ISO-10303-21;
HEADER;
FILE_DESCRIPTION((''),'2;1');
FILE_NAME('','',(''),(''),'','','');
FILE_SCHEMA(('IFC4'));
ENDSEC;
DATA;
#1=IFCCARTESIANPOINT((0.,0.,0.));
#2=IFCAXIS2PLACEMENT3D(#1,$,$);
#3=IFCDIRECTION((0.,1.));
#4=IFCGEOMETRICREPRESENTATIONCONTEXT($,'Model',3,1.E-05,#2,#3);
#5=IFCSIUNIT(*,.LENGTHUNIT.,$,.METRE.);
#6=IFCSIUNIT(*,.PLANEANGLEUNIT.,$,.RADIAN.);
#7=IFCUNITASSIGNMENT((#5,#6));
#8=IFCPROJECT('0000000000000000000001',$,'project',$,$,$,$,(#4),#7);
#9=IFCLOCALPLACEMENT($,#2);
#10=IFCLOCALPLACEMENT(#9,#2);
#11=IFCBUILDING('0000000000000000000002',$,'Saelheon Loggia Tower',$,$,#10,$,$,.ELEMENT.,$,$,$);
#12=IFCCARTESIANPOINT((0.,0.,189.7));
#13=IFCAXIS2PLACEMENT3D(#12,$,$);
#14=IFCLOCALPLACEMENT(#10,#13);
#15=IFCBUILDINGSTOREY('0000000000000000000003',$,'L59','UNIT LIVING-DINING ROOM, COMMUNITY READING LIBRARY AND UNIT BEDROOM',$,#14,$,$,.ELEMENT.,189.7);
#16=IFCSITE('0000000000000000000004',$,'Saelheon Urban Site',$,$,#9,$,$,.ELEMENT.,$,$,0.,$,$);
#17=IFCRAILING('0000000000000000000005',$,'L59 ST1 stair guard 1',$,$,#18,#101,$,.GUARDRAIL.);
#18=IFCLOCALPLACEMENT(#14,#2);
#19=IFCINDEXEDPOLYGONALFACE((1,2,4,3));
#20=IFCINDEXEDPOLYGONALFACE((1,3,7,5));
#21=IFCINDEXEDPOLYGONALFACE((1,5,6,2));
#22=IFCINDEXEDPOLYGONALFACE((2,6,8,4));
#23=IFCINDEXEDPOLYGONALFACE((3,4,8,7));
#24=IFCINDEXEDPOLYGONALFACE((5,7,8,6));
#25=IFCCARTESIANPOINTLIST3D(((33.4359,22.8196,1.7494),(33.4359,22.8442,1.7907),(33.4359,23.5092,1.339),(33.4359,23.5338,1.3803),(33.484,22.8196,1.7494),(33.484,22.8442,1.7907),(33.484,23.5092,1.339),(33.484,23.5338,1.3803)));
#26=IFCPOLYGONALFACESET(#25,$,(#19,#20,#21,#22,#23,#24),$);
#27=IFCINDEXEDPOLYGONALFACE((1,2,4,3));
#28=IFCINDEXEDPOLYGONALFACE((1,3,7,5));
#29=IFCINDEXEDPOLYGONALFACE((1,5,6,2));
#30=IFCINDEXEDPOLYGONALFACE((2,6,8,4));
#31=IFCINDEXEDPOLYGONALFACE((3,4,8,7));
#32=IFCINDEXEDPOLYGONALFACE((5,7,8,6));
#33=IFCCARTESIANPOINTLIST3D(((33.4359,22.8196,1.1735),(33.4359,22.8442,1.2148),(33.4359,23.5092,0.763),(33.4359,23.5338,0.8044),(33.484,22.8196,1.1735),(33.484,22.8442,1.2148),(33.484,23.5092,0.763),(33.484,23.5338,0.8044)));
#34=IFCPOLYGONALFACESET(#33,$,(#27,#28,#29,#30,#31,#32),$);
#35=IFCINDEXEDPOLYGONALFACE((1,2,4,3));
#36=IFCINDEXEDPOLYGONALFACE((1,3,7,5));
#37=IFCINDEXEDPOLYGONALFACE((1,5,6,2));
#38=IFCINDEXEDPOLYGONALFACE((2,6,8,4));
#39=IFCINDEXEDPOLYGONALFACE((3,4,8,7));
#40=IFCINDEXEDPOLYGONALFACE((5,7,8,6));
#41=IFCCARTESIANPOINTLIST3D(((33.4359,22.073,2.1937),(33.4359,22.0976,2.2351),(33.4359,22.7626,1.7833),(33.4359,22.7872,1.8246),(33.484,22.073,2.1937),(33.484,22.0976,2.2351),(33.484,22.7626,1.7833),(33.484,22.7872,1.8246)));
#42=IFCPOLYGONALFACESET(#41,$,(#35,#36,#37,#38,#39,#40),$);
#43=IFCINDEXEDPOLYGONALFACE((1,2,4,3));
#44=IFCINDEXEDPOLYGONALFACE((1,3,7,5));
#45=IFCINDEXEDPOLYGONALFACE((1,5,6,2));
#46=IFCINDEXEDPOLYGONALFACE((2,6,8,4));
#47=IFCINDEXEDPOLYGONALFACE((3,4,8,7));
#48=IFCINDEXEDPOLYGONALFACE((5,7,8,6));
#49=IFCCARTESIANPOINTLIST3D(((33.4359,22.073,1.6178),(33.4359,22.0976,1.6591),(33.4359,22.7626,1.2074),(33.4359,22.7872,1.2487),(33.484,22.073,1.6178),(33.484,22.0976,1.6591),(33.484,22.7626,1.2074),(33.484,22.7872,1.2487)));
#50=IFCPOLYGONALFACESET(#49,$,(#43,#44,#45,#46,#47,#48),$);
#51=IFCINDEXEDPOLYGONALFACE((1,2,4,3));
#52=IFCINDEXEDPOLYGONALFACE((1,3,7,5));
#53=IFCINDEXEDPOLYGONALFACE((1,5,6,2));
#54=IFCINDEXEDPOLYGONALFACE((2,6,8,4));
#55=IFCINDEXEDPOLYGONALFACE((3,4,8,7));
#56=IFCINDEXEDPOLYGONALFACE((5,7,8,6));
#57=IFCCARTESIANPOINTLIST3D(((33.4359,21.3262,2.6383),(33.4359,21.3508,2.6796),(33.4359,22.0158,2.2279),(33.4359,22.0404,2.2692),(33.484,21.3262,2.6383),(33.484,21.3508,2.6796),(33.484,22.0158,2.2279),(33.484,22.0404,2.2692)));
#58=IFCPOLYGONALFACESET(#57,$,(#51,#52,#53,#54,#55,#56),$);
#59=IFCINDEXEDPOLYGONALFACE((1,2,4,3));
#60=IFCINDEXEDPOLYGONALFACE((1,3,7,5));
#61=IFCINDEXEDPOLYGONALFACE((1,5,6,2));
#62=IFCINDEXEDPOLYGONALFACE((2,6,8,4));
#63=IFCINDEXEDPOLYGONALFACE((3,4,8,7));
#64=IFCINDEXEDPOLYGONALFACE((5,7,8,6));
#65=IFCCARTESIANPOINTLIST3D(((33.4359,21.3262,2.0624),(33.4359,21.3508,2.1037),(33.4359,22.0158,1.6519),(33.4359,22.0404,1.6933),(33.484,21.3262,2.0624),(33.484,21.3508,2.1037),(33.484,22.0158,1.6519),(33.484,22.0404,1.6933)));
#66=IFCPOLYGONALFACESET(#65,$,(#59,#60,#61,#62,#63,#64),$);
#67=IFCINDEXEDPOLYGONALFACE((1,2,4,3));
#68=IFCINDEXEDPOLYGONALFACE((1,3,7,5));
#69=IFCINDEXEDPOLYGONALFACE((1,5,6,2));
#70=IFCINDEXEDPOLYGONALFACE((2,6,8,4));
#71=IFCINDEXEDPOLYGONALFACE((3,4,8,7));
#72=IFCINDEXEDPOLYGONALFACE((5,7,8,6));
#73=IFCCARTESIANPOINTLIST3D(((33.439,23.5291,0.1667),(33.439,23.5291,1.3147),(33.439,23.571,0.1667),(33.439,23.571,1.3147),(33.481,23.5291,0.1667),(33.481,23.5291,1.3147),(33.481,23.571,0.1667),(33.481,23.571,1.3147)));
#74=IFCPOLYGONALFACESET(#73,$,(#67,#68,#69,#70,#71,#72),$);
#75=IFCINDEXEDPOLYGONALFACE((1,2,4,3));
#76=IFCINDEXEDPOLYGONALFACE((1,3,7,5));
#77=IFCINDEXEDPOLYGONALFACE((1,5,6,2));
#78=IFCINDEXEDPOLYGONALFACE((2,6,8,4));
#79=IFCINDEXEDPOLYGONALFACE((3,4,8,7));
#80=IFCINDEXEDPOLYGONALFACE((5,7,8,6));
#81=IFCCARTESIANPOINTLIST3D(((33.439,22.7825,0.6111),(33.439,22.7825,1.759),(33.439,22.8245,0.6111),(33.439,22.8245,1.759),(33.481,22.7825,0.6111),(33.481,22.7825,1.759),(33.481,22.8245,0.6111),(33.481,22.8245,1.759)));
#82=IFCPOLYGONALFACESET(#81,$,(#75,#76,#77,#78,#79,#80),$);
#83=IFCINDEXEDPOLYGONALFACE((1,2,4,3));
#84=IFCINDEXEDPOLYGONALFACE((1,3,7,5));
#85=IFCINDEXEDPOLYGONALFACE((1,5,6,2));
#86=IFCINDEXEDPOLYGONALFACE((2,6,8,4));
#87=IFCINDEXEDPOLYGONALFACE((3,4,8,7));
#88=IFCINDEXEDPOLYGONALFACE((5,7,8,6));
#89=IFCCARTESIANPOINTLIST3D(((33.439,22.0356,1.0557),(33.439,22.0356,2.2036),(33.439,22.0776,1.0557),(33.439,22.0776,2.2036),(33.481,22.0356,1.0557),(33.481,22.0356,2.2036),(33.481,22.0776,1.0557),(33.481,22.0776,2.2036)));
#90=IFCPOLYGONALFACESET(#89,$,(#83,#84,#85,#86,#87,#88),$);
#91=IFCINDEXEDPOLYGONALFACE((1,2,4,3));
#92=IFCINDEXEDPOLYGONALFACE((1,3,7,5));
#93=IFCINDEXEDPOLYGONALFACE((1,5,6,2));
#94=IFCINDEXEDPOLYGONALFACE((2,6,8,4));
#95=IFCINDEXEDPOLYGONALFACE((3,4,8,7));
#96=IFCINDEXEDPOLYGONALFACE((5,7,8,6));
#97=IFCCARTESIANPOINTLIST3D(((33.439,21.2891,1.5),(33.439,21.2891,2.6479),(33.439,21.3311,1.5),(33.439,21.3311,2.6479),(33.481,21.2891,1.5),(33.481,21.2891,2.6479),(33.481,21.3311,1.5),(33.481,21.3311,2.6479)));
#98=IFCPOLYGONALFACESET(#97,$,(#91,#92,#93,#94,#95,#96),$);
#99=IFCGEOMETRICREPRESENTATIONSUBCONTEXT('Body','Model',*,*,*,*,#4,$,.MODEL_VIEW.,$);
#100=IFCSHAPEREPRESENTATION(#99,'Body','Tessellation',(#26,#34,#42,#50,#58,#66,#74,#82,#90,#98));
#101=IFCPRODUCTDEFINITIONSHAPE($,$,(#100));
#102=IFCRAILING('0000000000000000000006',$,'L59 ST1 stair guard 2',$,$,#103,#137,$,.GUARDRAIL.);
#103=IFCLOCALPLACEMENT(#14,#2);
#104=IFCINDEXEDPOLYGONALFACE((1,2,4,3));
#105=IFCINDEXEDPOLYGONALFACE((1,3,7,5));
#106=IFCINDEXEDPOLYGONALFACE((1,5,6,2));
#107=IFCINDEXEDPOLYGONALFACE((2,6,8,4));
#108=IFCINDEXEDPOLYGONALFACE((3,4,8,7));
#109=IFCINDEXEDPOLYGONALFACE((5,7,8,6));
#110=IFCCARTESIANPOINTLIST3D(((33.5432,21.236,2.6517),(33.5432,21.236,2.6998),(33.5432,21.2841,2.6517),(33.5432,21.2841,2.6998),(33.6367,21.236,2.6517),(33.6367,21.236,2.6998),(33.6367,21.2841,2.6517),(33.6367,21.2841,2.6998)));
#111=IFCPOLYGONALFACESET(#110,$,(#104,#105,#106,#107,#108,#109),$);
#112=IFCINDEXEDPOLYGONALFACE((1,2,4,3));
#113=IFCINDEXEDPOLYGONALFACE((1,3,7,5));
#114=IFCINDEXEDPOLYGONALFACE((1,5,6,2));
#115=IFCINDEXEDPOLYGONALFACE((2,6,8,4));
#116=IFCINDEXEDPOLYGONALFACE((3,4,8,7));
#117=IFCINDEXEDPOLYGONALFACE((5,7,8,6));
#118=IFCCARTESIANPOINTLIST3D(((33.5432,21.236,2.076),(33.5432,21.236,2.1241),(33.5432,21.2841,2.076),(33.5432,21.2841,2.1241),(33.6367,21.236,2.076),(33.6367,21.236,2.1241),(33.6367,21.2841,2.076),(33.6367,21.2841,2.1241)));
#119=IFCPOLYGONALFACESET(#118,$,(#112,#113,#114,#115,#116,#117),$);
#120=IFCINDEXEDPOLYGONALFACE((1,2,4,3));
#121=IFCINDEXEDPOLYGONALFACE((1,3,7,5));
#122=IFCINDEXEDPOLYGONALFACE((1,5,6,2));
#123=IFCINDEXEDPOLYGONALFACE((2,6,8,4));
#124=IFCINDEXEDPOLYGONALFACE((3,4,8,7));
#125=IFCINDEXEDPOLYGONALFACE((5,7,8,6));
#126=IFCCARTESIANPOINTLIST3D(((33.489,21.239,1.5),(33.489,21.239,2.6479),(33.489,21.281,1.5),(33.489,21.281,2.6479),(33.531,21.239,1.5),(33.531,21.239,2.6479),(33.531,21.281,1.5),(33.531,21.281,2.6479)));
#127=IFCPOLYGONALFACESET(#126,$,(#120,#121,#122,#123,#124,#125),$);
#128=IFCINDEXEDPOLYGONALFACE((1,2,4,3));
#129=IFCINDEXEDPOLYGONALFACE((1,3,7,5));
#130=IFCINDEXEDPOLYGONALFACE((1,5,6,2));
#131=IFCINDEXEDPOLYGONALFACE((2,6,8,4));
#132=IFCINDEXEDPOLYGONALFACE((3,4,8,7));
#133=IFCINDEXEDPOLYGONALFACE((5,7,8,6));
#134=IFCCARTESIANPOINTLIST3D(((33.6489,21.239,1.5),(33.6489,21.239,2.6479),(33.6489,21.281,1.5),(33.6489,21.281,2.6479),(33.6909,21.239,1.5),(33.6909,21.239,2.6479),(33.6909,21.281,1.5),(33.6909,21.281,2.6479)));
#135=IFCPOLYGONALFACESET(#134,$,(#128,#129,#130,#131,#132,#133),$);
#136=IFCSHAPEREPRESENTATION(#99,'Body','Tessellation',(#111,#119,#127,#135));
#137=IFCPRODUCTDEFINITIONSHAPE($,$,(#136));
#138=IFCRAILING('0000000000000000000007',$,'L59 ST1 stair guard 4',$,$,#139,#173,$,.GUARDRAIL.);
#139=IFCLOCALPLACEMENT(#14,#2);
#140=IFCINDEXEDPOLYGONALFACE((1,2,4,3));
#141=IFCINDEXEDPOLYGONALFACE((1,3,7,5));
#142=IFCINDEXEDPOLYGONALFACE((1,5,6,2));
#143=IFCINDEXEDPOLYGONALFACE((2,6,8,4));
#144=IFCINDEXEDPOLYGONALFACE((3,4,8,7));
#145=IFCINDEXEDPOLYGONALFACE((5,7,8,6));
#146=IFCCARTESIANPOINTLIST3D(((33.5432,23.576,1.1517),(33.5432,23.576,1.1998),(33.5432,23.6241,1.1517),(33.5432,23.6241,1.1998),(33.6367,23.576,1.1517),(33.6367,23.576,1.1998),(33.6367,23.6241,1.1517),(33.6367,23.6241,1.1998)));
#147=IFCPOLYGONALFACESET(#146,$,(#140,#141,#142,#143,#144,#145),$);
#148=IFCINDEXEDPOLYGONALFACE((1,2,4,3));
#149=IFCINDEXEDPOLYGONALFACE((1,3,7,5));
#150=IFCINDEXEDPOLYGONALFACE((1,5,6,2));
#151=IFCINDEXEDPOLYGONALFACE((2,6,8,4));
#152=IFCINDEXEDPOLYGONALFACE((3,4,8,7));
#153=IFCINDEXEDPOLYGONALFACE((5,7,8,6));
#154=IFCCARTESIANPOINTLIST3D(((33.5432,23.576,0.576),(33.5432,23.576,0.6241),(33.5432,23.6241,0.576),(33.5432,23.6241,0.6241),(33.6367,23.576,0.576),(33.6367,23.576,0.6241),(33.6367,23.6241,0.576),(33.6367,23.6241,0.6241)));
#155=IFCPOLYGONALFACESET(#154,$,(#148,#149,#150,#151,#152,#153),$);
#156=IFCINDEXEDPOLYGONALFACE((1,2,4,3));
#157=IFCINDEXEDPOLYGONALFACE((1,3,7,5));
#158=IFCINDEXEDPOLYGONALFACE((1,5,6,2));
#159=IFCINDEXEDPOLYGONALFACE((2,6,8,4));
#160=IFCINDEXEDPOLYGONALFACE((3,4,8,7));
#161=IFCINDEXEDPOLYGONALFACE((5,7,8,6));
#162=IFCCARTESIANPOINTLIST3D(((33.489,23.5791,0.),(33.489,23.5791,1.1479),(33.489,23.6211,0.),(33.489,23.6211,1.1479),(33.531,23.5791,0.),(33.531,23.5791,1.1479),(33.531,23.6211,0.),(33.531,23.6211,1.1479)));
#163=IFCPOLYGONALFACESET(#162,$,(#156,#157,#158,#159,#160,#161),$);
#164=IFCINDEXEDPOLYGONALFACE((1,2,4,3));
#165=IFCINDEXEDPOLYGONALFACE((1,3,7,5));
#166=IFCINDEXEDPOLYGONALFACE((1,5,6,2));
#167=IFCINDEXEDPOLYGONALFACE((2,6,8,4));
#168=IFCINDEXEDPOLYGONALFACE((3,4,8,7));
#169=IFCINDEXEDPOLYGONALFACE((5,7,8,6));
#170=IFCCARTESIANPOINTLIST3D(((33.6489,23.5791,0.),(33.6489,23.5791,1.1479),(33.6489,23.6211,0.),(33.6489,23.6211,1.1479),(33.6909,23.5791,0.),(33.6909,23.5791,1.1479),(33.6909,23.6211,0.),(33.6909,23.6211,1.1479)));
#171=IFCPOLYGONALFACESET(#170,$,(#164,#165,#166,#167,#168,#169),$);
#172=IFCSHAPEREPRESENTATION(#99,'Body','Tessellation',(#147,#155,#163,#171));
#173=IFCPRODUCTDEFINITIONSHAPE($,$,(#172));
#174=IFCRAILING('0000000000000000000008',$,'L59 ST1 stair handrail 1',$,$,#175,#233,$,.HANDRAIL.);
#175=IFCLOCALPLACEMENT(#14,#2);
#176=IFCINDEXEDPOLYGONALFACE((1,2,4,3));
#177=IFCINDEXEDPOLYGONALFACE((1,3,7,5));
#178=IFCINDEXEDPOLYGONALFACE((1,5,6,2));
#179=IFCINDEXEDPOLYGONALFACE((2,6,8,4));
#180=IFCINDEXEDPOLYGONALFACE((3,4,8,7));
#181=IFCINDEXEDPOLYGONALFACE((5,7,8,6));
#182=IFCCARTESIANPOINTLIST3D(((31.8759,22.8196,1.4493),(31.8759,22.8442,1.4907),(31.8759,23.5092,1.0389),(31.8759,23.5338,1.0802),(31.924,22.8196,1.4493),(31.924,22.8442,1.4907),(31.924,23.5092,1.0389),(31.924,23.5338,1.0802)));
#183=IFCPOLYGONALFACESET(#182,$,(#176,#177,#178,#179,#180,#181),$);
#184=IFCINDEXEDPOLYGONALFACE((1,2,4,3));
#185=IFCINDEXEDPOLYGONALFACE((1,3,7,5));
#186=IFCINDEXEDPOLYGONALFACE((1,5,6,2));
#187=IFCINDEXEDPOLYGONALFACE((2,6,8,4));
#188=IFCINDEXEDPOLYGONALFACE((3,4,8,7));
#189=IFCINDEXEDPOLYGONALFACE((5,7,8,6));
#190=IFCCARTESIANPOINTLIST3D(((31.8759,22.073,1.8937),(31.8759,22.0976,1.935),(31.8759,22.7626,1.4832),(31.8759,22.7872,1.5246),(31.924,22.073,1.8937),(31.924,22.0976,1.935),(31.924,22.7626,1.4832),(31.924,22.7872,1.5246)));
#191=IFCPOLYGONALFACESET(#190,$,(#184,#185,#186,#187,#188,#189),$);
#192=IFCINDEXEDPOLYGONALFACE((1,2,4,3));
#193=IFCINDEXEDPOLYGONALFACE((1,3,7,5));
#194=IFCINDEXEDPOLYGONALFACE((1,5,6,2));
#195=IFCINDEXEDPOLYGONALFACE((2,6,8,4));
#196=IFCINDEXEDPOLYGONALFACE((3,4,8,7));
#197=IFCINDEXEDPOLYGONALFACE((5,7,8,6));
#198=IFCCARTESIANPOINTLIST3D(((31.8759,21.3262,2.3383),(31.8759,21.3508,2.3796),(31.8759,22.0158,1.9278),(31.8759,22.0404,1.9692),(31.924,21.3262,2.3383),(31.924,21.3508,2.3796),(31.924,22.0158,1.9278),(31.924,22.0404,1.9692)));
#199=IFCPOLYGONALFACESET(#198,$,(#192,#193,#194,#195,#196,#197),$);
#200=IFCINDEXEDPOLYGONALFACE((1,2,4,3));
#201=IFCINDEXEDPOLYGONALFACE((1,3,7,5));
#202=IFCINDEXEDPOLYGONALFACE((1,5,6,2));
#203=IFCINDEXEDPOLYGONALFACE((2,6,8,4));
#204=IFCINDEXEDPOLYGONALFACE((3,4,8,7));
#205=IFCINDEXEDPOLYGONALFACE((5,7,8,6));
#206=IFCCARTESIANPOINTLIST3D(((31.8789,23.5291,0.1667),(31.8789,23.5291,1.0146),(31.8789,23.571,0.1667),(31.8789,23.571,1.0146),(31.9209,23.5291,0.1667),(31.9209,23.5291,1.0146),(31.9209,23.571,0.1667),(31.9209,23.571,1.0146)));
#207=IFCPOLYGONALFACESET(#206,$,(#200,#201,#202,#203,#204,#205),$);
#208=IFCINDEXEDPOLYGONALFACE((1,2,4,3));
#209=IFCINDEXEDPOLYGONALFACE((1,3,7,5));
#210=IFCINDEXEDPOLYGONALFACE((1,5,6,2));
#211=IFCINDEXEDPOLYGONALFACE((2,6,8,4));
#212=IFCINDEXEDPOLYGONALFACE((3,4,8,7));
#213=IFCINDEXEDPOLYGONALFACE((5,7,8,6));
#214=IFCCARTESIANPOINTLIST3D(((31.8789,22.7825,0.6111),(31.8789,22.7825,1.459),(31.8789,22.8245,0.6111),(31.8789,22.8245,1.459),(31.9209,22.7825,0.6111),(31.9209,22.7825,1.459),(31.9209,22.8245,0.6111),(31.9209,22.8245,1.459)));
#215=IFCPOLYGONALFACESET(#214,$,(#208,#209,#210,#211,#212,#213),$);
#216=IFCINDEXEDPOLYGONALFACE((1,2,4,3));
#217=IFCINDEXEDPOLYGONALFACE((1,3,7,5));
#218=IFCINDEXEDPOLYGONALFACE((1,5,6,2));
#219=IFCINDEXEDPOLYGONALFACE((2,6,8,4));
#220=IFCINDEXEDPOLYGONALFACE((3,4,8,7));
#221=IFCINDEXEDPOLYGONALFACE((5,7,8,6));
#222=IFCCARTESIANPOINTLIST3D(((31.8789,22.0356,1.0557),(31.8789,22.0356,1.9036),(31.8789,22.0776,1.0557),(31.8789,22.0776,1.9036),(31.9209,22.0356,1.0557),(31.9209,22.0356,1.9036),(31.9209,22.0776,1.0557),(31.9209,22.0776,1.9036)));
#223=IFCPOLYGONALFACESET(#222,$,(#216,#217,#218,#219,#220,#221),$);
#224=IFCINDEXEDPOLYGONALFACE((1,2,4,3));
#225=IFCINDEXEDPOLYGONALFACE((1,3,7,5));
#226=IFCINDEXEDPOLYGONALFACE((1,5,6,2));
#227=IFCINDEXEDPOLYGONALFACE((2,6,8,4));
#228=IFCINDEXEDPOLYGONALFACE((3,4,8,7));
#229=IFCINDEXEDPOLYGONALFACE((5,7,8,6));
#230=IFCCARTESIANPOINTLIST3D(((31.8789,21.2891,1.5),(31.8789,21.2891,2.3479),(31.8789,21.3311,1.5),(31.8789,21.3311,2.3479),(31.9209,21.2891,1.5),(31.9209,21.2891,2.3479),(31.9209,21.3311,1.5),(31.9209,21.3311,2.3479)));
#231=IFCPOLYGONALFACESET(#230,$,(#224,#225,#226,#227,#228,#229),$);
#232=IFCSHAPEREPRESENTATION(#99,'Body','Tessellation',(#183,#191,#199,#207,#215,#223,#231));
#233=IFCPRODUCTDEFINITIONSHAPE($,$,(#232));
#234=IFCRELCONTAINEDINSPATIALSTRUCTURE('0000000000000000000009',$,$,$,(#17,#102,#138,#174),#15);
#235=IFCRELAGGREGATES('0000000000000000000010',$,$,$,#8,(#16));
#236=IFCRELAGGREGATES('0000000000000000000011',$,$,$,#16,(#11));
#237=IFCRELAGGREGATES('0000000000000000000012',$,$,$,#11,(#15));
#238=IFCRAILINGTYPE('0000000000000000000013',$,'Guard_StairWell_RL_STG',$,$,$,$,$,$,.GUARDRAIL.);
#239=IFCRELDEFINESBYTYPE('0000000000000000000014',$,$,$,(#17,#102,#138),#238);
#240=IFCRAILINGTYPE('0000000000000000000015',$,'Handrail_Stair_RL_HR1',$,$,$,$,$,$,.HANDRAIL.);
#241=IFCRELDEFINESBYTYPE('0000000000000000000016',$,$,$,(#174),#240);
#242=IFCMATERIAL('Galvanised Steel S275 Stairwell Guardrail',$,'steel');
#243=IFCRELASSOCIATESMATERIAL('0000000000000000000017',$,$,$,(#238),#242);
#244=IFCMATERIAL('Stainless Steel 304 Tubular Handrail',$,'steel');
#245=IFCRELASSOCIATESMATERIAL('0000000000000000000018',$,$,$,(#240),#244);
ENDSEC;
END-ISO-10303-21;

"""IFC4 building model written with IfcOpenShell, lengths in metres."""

from ifc_helpers import new_model, si_unit, direction, frame, origin, origin_2d, place, context, subcontext, project, spatial, rectangle, extrude, material, type_object, element, save


model = new_model("IFC4")

# Units and contexts
model_context = context("Model", 3, precision=1e-05, world=origin(), true_north=direction((0.0, 1.0)))
body_context = subcontext(model_context, "Body", "Model", "MODEL_VIEW")
ifc_project = project(units=[si_unit("LENGTHUNIT", "METRE"), si_unit("PLANEANGLEUNIT", "RADIAN")], contexts=[model_context])

# Site, building, storey
site_placement = place(None, origin())
site = spatial("IfcSite", under=ifc_project, at=site_placement, Name="Saelheon Urban Site", CompositionType="ELEMENT", RefElevation=0.0)
building_placement = place(site_placement, origin())
building = spatial("IfcBuilding", under=site, at=building_placement, Name="Saelheon Loggia Tower", CompositionType="ELEMENT")
storey_placement = place(building_placement, frame((0.0, 0.0, 189.7)))
storey = spatial("IfcBuildingStorey", under=building, at=storey_placement, Name="L59", Description="UNIT LIVING-DINING ROOM, COMMUNITY READING LIBRARY AND UNIT BEDROOM", CompositionType="ELEMENT", Elevation=189.7)

# Railings
ifc_material_1 = material(Name="Galvanised Steel S275 Stairwell Guardrail", Category="steel")
railing_type_1 = type_object("IfcRailingType", Name="Guard_StairWell_RL_STG", PredefinedType="GUARDRAIL", material=ifc_material_1)
railing_1_placement = place(storey_placement, frame((33.46, 23.55, 0.1667)))
element("IfcRailing", 1, at=railing_1_placement, inside=storey, type_object=railing_type_1, Name="L59 ST1 stair guard 1", PredefinedType="GUARDRAIL", context=body_context, shape_type="SweptSolid", body=[
    extrude(rectangle(XDim=0.0481, YDim=0.0481, at=origin_2d()), frame((0.0, -0.0286, 1.1929), z_axis=(0.0, -0.859306, 0.511462), x_axis=(1.0, 0.0, 0.0)), (0.0, 0.0, 1.0), 0.8025),
    extrude(rectangle(XDim=0.0481, YDim=0.0481, at=origin_2d()), frame((0.0, -0.0286, 0.6169), z_axis=(0.0, -0.859306, 0.511462), x_axis=(1.0, 0.0, 0.0)), (0.0, 0.0, 1.0), 0.8025),
    extrude(rectangle(XDim=0.0481, YDim=0.0481, at=origin_2d()), frame((0.0, -0.7751, 1.6372), z_axis=(0.0, -0.859306, 0.511462), x_axis=(1.0, 0.0, 0.0)), (0.0, 0.0, 1.0), 0.8025),
    extrude(rectangle(XDim=0.0481, YDim=0.0481, at=origin_2d()), frame((0.0, -0.7751, 1.0613), z_axis=(0.0, -0.859306, 0.511462), x_axis=(1.0, 0.0, 0.0)), (0.0, 0.0, 1.0), 0.8025),
    extrude(rectangle(XDim=0.0481, YDim=0.0481, at=origin_2d()), frame((0.0, -1.522, 2.0818), z_axis=(0.0, -0.859306, 0.511462), x_axis=(1.0, 0.0, 0.0)), (0.0, 0.0, 1.0), 0.8025),
    extrude(rectangle(XDim=0.0481, YDim=0.0481, at=origin_2d()), frame((0.0, -1.522, 1.5059), z_axis=(0.0, -0.859306, 0.511462), x_axis=(1.0, 0.0, 0.0)), (0.0, 0.0, 1.0), 0.8025),
    extrude(rectangle(XDim=0.042, YDim=0.042, at=origin_2d()), origin(), (0.0, 0.0, 1.0), 1.1479),
    extrude(rectangle(XDim=0.042, YDim=0.042, at=origin_2d()), frame((0.0, -0.7466, 0.4443)), (0.0, 0.0, 1.0), 1.1479),
    extrude(rectangle(XDim=0.042, YDim=0.042, at=origin_2d()), frame((0.0, -1.4934, 0.8889)), (0.0, 0.0, 1.0), 1.1479),
    extrude(rectangle(XDim=0.042, YDim=0.042, at=origin_2d()), frame((0.0, -2.24, 1.3333)), (0.0, 0.0, 1.0), 1.1479),
])
for number, where, name in (
    (2, (33.51, 21.26, 1.5), "L59 ST1 stair guard 2"),
    (3, (33.51, 23.6001, 0.0), "L59 ST1 stair guard 4"),
):
    element("IfcRailing", number, at=place(storey_placement, frame(where)), inside=storey, type_object=railing_type_1, Name=name, PredefinedType="GUARDRAIL", context=body_context, shape_type="SweptSolid", body=[
        extrude(rectangle(XDim=0.0481, YDim=0.0481, at=origin_2d()), frame((0.0332, 0.0, 1.1758), z_axis=(1.0, 0.0, 0.0), x_axis=(0.0, 1.0, 0.0)), (0.0, 0.0, 1.0), 0.0935),
        extrude(rectangle(XDim=0.0481, YDim=0.0481, at=origin_2d()), frame((0.0332, 0.0, 0.6001), z_axis=(1.0, 0.0, 0.0), x_axis=(0.0, 1.0, 0.0)), (0.0, 0.0, 1.0), 0.0935),
        extrude(rectangle(XDim=0.042, YDim=0.042, at=origin_2d()), origin(), (0.0, 0.0, 1.0), 1.1479),
        extrude(rectangle(XDim=0.042, YDim=0.042, at=origin_2d()), frame((0.1599, 0.0, 0.0)), (0.0, 0.0, 1.0), 1.1479),
    ])
ifc_material_2 = material(Name="Stainless Steel 304 Tubular Handrail", Category="steel")
railing_type_2 = type_object("IfcRailingType", Name="Handrail_Stair_RL_HR1", PredefinedType="HANDRAIL", material=ifc_material_2)
railing_2_placement = place(storey_placement, frame((31.8999, 23.55, 0.1667)))
element("IfcRailing", 4, at=railing_2_placement, inside=storey, type_object=railing_type_2, Name="L59 ST1 stair handrail 1", PredefinedType="HANDRAIL", context=body_context, shape_type="SweptSolid", body=[
    extrude(rectangle(XDim=0.0481, YDim=0.0481, at=origin_2d()), frame((0.0, -0.0286, 0.8928), z_axis=(0.0, -0.859306, 0.511462), x_axis=(1.0, 0.0, 0.0)), (0.0, 0.0, 1.0), 0.8025),
    extrude(rectangle(XDim=0.0481, YDim=0.0481, at=origin_2d()), frame((0.0, -0.7751, 1.3372), z_axis=(0.0, -0.859306, 0.511462), x_axis=(1.0, 0.0, 0.0)), (0.0, 0.0, 1.0), 0.8025),
    extrude(rectangle(XDim=0.0481, YDim=0.0481, at=origin_2d()), frame((0.0, -1.522, 1.7817), z_axis=(0.0, -0.859306, 0.511462), x_axis=(1.0, 0.0, 0.0)), (0.0, 0.0, 1.0), 0.8025),
    extrude(rectangle(XDim=0.042, YDim=0.042, at=origin_2d()), origin(), (0.0, 0.0, 1.0), 0.8479),
    extrude(rectangle(XDim=0.042, YDim=0.042, at=origin_2d()), frame((0.0, -0.7466, 0.4443)), (0.0, 0.0, 1.0), 0.8479),
    extrude(rectangle(XDim=0.042, YDim=0.042, at=origin_2d()), frame((0.0, -1.4934, 0.8889)), (0.0, 0.0, 1.0), 0.8479),
    extrude(rectangle(XDim=0.042, YDim=0.042, at=origin_2d()), frame((0.0, -2.24, 1.3333)), (0.0, 0.0, 1.0), 0.8479),
])

save(model, "model.ifc")
